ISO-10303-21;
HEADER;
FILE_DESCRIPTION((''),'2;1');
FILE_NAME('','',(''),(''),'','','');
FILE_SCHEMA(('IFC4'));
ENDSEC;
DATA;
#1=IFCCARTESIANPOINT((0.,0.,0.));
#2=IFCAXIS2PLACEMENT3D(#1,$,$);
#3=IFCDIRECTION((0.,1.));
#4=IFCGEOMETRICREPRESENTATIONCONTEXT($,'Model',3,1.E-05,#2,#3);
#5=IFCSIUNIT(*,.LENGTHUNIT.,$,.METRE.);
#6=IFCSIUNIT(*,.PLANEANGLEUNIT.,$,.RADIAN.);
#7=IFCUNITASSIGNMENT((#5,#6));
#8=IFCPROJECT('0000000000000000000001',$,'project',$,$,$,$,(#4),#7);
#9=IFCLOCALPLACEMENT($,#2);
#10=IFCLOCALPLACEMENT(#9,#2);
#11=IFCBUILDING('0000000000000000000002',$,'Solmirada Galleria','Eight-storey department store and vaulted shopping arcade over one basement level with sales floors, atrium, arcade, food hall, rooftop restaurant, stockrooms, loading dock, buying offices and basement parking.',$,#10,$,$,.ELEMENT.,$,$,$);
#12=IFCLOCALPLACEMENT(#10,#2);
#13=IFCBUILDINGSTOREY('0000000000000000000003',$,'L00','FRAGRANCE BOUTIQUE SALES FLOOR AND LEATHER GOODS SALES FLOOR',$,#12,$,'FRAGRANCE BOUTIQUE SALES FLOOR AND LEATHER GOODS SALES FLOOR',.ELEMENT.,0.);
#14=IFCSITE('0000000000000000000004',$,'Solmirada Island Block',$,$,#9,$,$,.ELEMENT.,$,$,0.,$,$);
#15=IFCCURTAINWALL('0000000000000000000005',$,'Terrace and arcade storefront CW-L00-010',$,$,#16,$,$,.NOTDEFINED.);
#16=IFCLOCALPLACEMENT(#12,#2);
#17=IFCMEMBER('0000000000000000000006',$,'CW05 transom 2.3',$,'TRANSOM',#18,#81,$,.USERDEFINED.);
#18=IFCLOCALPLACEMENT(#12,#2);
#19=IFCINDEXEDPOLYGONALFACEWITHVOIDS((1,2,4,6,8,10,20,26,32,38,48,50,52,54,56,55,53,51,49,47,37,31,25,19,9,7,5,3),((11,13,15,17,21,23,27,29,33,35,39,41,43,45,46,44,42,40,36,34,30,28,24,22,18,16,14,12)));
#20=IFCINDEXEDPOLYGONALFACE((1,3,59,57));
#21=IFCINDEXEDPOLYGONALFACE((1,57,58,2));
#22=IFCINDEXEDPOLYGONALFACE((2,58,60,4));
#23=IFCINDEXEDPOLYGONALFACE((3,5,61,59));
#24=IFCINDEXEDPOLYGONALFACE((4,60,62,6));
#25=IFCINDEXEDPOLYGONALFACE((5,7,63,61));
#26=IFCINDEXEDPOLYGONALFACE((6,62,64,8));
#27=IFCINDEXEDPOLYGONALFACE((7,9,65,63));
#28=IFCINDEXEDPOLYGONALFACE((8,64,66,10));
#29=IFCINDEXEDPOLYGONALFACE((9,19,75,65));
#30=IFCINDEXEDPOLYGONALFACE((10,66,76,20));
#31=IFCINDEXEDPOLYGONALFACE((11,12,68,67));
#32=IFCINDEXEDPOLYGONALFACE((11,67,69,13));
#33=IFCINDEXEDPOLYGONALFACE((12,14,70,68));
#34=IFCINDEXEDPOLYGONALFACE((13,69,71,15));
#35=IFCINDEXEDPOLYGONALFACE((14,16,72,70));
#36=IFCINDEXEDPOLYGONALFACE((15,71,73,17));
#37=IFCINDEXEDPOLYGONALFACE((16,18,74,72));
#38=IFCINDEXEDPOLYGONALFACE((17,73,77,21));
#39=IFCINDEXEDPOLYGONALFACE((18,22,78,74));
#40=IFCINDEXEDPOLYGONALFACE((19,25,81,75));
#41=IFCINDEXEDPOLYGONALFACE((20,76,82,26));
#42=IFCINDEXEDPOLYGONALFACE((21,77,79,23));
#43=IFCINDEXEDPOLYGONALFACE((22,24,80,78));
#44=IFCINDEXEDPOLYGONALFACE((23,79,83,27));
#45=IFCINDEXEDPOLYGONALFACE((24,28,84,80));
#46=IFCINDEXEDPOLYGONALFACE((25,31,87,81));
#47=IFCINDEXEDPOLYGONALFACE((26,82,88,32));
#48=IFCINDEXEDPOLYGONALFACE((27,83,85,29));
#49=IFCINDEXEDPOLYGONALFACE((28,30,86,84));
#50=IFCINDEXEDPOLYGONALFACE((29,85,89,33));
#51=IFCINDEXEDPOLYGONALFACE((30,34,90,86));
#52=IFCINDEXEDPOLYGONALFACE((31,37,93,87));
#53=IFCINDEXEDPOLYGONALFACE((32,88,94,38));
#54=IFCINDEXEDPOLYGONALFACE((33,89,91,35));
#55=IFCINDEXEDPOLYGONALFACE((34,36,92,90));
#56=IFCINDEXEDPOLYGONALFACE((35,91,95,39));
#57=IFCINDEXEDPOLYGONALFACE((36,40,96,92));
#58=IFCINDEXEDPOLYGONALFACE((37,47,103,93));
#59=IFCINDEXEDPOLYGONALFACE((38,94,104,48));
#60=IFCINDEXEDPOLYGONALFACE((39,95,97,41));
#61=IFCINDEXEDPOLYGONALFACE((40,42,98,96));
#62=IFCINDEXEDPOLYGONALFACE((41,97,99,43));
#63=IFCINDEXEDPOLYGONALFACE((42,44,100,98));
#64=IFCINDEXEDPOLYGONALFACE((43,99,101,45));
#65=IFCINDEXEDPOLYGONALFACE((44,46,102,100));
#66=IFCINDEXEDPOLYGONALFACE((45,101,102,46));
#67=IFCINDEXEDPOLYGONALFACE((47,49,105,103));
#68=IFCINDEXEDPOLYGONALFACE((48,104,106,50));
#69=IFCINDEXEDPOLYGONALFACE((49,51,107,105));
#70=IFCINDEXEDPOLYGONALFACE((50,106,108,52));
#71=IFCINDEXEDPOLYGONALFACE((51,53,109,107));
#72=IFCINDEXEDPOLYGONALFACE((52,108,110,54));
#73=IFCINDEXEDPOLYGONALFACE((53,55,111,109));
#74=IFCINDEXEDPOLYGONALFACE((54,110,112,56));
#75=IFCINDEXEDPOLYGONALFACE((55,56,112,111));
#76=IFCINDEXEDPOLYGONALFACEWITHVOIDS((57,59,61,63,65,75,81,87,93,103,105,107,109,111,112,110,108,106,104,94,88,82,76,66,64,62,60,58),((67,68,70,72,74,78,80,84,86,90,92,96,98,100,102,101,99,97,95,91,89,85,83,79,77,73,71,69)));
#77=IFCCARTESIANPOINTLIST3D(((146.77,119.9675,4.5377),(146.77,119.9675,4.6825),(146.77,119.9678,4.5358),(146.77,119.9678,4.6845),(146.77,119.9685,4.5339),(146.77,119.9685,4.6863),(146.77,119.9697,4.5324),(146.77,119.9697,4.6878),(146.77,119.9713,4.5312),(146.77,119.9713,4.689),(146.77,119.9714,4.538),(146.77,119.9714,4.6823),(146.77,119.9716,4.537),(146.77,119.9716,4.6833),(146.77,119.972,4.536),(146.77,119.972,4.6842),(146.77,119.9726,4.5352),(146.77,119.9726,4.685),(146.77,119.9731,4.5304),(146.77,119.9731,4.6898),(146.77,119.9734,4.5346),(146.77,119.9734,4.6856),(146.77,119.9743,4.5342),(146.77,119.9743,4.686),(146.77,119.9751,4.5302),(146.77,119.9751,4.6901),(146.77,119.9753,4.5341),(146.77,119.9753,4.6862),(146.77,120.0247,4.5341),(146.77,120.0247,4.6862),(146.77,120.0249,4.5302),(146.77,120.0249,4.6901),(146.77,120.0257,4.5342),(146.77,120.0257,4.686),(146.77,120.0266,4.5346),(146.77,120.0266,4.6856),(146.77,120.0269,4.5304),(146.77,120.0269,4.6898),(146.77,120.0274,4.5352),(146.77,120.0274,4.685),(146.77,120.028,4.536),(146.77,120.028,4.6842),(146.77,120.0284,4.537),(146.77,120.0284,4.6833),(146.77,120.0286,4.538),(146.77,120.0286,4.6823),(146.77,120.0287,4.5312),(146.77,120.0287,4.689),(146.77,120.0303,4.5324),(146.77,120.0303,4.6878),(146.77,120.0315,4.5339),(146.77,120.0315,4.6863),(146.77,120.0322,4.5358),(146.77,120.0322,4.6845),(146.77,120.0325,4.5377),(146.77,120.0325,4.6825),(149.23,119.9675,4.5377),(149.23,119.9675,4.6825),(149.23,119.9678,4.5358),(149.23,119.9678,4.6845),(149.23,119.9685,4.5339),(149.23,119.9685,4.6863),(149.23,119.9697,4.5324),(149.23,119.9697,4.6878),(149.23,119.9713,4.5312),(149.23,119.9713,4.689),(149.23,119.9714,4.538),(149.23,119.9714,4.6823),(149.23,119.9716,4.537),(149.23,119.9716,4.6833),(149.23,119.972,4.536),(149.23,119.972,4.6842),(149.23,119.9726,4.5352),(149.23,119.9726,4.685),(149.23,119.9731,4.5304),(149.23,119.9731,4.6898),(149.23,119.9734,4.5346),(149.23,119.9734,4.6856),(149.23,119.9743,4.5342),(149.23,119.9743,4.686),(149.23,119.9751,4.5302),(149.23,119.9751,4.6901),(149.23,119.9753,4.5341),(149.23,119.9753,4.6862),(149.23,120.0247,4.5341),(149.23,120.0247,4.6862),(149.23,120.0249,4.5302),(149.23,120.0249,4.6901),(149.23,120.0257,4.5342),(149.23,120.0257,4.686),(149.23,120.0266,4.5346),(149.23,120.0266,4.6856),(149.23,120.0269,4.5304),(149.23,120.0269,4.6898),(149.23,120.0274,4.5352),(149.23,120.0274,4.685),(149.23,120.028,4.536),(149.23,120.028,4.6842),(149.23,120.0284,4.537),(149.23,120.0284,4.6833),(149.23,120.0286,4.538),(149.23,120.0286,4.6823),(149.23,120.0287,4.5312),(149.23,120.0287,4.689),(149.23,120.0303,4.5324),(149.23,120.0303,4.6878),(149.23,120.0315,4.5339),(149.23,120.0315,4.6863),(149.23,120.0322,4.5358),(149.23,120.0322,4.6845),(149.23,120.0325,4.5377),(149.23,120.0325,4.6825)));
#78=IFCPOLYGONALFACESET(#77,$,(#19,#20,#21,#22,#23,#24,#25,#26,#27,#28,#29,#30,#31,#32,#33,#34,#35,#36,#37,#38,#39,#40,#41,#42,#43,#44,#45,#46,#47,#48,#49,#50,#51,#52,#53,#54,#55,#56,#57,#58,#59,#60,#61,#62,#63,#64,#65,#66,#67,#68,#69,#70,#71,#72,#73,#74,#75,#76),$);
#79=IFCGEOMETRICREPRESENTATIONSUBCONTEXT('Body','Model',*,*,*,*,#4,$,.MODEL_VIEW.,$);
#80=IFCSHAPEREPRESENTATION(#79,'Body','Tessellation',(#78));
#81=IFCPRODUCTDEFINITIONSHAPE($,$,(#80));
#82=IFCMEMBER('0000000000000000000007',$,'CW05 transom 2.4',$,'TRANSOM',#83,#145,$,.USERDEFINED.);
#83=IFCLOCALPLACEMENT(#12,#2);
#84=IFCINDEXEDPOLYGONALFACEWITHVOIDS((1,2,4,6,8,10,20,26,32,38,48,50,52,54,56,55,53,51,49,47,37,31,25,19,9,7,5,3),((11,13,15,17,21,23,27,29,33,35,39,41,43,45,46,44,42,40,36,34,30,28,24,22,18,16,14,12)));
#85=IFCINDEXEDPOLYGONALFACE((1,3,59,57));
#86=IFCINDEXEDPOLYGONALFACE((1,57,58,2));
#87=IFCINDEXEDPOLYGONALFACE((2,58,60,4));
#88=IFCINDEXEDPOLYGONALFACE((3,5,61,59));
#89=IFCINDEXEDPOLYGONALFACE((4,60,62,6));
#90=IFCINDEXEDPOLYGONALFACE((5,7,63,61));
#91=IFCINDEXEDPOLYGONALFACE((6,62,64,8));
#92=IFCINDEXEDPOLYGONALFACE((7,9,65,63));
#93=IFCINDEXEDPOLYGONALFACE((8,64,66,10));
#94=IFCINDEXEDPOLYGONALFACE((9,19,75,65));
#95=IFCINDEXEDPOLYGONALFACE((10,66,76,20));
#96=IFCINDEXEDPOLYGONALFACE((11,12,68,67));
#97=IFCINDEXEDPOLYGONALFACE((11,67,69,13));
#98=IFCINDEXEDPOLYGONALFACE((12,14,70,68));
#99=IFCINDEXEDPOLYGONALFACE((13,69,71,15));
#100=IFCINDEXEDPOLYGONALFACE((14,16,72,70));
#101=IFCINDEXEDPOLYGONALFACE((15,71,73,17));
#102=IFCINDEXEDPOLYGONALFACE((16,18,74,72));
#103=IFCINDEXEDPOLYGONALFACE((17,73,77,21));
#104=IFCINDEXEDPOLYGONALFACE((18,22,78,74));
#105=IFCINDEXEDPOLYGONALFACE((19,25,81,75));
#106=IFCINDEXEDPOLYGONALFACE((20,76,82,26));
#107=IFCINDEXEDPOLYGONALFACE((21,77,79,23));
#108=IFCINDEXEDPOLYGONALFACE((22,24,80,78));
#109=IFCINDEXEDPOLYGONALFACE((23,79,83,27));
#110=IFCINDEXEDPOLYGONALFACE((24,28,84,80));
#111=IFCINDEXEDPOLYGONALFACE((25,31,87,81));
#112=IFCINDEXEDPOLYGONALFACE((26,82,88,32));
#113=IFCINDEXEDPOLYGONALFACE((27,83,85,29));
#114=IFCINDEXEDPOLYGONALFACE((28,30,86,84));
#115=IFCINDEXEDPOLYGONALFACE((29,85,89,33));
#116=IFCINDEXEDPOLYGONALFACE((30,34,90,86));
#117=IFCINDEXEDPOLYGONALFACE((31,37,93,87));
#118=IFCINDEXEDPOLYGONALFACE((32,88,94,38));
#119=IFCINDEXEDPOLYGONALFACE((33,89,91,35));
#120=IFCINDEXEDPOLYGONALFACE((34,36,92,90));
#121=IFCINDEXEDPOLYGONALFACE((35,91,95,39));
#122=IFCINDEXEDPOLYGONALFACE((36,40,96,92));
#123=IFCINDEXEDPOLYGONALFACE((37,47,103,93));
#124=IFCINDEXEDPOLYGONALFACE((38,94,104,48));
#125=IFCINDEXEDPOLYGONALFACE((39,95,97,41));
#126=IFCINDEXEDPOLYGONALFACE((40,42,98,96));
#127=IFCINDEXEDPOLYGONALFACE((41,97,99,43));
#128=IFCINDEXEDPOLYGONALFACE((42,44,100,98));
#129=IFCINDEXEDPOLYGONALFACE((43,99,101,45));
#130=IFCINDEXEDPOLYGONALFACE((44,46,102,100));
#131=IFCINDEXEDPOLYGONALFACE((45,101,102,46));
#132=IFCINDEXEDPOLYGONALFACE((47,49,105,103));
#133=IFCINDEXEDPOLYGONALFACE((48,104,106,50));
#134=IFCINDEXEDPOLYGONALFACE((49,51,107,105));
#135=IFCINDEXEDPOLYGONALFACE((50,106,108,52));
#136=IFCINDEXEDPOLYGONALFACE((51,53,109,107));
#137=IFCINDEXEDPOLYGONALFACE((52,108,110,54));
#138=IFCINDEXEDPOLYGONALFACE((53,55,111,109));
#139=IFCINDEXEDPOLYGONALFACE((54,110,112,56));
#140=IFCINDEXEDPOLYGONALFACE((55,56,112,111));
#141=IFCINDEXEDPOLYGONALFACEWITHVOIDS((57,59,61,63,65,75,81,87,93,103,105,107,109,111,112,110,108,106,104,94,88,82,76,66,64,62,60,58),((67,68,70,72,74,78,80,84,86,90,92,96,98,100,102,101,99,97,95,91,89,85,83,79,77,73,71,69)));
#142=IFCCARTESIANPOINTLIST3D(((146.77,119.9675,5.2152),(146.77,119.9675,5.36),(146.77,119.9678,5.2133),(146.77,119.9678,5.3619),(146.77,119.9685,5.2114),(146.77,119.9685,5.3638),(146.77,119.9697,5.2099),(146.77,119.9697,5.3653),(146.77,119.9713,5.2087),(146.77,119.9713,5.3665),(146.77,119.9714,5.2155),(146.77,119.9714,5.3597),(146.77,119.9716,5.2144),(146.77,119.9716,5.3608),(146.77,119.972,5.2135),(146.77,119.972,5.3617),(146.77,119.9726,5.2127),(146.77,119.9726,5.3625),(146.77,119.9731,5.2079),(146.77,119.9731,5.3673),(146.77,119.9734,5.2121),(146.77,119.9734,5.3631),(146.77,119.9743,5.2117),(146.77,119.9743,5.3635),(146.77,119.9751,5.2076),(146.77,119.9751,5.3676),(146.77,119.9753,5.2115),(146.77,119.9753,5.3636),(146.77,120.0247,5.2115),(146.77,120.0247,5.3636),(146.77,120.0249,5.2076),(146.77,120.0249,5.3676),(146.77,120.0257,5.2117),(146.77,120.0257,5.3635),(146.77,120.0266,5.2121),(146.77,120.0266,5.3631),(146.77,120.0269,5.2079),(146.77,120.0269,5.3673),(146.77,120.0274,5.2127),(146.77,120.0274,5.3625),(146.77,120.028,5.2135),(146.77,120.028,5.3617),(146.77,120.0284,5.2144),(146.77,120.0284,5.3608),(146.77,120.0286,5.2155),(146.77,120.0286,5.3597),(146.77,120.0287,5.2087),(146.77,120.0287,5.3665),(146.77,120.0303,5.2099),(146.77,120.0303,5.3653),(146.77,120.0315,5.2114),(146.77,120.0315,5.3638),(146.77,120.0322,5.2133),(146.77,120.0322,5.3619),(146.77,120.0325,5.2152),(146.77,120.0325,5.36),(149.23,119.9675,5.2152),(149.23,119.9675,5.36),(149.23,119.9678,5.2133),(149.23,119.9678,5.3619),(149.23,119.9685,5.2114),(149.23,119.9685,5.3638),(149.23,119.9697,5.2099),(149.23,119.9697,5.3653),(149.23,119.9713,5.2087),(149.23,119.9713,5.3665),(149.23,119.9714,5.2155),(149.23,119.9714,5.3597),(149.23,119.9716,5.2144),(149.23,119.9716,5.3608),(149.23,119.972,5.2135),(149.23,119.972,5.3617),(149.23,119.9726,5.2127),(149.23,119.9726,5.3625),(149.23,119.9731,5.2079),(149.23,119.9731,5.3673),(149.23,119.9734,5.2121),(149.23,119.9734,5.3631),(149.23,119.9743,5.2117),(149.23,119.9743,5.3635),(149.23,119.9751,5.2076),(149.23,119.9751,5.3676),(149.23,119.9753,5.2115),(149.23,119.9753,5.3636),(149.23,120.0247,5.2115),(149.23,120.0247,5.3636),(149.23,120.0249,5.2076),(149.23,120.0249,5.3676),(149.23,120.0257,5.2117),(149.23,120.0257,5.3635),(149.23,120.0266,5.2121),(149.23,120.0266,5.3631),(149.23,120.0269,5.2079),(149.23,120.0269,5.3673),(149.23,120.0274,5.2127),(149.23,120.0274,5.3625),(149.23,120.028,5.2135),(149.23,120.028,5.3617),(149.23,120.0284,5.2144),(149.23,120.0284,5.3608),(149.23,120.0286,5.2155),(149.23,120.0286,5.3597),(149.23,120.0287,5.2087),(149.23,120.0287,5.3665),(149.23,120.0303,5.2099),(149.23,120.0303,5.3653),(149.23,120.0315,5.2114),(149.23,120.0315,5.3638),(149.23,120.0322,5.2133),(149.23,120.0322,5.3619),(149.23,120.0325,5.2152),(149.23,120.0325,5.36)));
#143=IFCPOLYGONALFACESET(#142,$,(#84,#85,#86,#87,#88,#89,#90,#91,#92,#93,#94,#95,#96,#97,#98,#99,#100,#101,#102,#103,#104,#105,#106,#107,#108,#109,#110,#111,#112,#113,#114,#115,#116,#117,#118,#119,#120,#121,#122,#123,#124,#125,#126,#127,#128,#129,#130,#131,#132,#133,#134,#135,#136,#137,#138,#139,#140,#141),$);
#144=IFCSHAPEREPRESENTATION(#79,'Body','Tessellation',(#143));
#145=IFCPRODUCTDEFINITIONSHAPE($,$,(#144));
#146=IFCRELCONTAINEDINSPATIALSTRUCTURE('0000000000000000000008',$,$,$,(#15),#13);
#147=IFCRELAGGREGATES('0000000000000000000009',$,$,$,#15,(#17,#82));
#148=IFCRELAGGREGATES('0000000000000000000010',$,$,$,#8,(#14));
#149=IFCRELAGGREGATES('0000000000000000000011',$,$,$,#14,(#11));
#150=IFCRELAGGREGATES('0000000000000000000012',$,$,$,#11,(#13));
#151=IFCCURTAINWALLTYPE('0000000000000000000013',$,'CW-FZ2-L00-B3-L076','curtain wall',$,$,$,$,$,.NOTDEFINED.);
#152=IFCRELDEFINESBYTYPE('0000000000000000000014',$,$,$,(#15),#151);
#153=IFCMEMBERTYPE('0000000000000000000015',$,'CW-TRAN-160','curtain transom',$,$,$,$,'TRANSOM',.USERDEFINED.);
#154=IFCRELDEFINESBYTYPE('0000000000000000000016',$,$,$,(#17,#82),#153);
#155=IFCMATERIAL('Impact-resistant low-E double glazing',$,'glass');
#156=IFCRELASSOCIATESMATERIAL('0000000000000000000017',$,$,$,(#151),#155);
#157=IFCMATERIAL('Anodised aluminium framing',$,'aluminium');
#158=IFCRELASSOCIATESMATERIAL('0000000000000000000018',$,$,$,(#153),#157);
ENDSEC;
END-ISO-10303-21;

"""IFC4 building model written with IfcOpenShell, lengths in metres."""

from ifc_helpers import new_model, si_unit, direction, frame, origin, origin_2d, place, context, subcontext, project, spatial, hollow_rectangle, extrude, material, material_profile, profile_set, type_object, element, aggregate, save


model = new_model("IFC4")

# Units and contexts
model_context = context("Model", 3, precision=1e-05, world=origin(), true_north=direction((0.0, 1.0)))
body_context = subcontext(model_context, "Body", "Model", "MODEL_VIEW")
ifc_project = project(units=[si_unit("LENGTHUNIT", "METRE"), si_unit("PLANEANGLEUNIT", "RADIAN")], contexts=[model_context])

# Site, building, storey
site_placement = place(None, origin())
site = spatial("IfcSite", under=ifc_project, at=site_placement, Name="Solmirada Island Block", CompositionType="ELEMENT", RefElevation=0.0)
building_placement = place(site_placement, origin())
building = spatial("IfcBuilding", under=site, at=building_placement, Name="Solmirada Galleria", Description="Eight-storey department store and vaulted shopping arcade over one basement level with sales floors, atrium, arcade, food hall, rooftop restaurant, stockrooms, loading dock, buying offices and basement parking.", CompositionType="ELEMENT")
storey_placement = place(building_placement, origin())
storey = spatial("IfcBuildingStorey", under=building, at=storey_placement, Name="L00", Description="FRAGRANCE BOUTIQUE SALES FLOOR AND LEATHER GOODS SALES FLOOR", LongName="FRAGRANCE BOUTIQUE SALES FLOOR AND LEATHER GOODS SALES FLOOR", CompositionType="ELEMENT", Elevation=0.0)

# Curtain wall
ifc_material_1 = material(Name="Impact-resistant low-E double glazing", Category="glass")
curtain_wall_type = type_object("IfcCurtainWallType", Name="CW-FZ2-L00-B3-L076", Description="curtain wall", PredefinedType="NOTDEFINED", material=ifc_material_1)
curtain_wall_1_placement = place(storey_placement, origin())
curtain_wall_1 = element("IfcCurtainWall", 1, at=curtain_wall_1_placement, inside=storey, type_object=curtain_wall_type, Name="Terrace and arcade storefront CW-L00-010", PredefinedType="NOTDEFINED")
ifc_material_2 = material(Name="Anodised aluminium framing", Category="aluminium")

# Members
ifc_material_profile_1 = material_profile(ifc_material_2, hollow_rectangle(XDim=0.0649, YDim=0.1599, WallThickness=0.0039, InnerFilletRadius=0.0039, OuterFilletRadius=0.0076, at=origin_2d()), Name="ALU-TRAN-160X65")
ifc_profile_set_1 = profile_set([ifc_material_profile_1], Name="Anodised aluminium framing")
member_type_1 = type_object("IfcMemberType", Name="CW-TRAN-160", Description="curtain transom", ElementType="TRANSOM", PredefinedType="USERDEFINED", material=ifc_profile_set_1)
member_1_placement = place(storey_placement, frame((146.77, 120.0, 4.6101), z_axis=(1.0, 0.0, 0.0), x_axis=(0.0, 1.0, 0.0)))
member_1 = element("IfcMember", 2, at=member_1_placement, type_object=member_type_1, Name="CW05 transom 2.3", ObjectType="TRANSOM", PredefinedType="USERDEFINED", context=body_context, shape_type="SweptSolid", body=[
    extrude(hollow_rectangle(XDim=0.0649, YDim=0.1599, WallThickness=0.0039, InnerFilletRadius=0.0039, OuterFilletRadius=0.0076, at=origin_2d()), origin(), (0.0, 0.0, 1.0), 2.46),
])
member_2_placement = place(storey_placement, frame((146.77, 120.0, 5.2876), z_axis=(1.0, 0.0, 0.0), x_axis=(0.0, 1.0, 0.0)))
member_2 = element("IfcMember", 3, at=member_2_placement, type_object=member_type_1, Name="CW05 transom 2.4", ObjectType="TRANSOM", PredefinedType="USERDEFINED", context=body_context, shape_type="SweptSolid", body=[
    extrude(hollow_rectangle(XDim=0.0649, YDim=0.1599, WallThickness=0.0039, InnerFilletRadius=0.0039, OuterFilletRadius=0.0076, at=origin_2d()), origin(), (0.0, 0.0, 1.0), 2.46),
])

aggregate(curtain_wall_1, [member_1, member_2])

save(model, "model.ifc")
